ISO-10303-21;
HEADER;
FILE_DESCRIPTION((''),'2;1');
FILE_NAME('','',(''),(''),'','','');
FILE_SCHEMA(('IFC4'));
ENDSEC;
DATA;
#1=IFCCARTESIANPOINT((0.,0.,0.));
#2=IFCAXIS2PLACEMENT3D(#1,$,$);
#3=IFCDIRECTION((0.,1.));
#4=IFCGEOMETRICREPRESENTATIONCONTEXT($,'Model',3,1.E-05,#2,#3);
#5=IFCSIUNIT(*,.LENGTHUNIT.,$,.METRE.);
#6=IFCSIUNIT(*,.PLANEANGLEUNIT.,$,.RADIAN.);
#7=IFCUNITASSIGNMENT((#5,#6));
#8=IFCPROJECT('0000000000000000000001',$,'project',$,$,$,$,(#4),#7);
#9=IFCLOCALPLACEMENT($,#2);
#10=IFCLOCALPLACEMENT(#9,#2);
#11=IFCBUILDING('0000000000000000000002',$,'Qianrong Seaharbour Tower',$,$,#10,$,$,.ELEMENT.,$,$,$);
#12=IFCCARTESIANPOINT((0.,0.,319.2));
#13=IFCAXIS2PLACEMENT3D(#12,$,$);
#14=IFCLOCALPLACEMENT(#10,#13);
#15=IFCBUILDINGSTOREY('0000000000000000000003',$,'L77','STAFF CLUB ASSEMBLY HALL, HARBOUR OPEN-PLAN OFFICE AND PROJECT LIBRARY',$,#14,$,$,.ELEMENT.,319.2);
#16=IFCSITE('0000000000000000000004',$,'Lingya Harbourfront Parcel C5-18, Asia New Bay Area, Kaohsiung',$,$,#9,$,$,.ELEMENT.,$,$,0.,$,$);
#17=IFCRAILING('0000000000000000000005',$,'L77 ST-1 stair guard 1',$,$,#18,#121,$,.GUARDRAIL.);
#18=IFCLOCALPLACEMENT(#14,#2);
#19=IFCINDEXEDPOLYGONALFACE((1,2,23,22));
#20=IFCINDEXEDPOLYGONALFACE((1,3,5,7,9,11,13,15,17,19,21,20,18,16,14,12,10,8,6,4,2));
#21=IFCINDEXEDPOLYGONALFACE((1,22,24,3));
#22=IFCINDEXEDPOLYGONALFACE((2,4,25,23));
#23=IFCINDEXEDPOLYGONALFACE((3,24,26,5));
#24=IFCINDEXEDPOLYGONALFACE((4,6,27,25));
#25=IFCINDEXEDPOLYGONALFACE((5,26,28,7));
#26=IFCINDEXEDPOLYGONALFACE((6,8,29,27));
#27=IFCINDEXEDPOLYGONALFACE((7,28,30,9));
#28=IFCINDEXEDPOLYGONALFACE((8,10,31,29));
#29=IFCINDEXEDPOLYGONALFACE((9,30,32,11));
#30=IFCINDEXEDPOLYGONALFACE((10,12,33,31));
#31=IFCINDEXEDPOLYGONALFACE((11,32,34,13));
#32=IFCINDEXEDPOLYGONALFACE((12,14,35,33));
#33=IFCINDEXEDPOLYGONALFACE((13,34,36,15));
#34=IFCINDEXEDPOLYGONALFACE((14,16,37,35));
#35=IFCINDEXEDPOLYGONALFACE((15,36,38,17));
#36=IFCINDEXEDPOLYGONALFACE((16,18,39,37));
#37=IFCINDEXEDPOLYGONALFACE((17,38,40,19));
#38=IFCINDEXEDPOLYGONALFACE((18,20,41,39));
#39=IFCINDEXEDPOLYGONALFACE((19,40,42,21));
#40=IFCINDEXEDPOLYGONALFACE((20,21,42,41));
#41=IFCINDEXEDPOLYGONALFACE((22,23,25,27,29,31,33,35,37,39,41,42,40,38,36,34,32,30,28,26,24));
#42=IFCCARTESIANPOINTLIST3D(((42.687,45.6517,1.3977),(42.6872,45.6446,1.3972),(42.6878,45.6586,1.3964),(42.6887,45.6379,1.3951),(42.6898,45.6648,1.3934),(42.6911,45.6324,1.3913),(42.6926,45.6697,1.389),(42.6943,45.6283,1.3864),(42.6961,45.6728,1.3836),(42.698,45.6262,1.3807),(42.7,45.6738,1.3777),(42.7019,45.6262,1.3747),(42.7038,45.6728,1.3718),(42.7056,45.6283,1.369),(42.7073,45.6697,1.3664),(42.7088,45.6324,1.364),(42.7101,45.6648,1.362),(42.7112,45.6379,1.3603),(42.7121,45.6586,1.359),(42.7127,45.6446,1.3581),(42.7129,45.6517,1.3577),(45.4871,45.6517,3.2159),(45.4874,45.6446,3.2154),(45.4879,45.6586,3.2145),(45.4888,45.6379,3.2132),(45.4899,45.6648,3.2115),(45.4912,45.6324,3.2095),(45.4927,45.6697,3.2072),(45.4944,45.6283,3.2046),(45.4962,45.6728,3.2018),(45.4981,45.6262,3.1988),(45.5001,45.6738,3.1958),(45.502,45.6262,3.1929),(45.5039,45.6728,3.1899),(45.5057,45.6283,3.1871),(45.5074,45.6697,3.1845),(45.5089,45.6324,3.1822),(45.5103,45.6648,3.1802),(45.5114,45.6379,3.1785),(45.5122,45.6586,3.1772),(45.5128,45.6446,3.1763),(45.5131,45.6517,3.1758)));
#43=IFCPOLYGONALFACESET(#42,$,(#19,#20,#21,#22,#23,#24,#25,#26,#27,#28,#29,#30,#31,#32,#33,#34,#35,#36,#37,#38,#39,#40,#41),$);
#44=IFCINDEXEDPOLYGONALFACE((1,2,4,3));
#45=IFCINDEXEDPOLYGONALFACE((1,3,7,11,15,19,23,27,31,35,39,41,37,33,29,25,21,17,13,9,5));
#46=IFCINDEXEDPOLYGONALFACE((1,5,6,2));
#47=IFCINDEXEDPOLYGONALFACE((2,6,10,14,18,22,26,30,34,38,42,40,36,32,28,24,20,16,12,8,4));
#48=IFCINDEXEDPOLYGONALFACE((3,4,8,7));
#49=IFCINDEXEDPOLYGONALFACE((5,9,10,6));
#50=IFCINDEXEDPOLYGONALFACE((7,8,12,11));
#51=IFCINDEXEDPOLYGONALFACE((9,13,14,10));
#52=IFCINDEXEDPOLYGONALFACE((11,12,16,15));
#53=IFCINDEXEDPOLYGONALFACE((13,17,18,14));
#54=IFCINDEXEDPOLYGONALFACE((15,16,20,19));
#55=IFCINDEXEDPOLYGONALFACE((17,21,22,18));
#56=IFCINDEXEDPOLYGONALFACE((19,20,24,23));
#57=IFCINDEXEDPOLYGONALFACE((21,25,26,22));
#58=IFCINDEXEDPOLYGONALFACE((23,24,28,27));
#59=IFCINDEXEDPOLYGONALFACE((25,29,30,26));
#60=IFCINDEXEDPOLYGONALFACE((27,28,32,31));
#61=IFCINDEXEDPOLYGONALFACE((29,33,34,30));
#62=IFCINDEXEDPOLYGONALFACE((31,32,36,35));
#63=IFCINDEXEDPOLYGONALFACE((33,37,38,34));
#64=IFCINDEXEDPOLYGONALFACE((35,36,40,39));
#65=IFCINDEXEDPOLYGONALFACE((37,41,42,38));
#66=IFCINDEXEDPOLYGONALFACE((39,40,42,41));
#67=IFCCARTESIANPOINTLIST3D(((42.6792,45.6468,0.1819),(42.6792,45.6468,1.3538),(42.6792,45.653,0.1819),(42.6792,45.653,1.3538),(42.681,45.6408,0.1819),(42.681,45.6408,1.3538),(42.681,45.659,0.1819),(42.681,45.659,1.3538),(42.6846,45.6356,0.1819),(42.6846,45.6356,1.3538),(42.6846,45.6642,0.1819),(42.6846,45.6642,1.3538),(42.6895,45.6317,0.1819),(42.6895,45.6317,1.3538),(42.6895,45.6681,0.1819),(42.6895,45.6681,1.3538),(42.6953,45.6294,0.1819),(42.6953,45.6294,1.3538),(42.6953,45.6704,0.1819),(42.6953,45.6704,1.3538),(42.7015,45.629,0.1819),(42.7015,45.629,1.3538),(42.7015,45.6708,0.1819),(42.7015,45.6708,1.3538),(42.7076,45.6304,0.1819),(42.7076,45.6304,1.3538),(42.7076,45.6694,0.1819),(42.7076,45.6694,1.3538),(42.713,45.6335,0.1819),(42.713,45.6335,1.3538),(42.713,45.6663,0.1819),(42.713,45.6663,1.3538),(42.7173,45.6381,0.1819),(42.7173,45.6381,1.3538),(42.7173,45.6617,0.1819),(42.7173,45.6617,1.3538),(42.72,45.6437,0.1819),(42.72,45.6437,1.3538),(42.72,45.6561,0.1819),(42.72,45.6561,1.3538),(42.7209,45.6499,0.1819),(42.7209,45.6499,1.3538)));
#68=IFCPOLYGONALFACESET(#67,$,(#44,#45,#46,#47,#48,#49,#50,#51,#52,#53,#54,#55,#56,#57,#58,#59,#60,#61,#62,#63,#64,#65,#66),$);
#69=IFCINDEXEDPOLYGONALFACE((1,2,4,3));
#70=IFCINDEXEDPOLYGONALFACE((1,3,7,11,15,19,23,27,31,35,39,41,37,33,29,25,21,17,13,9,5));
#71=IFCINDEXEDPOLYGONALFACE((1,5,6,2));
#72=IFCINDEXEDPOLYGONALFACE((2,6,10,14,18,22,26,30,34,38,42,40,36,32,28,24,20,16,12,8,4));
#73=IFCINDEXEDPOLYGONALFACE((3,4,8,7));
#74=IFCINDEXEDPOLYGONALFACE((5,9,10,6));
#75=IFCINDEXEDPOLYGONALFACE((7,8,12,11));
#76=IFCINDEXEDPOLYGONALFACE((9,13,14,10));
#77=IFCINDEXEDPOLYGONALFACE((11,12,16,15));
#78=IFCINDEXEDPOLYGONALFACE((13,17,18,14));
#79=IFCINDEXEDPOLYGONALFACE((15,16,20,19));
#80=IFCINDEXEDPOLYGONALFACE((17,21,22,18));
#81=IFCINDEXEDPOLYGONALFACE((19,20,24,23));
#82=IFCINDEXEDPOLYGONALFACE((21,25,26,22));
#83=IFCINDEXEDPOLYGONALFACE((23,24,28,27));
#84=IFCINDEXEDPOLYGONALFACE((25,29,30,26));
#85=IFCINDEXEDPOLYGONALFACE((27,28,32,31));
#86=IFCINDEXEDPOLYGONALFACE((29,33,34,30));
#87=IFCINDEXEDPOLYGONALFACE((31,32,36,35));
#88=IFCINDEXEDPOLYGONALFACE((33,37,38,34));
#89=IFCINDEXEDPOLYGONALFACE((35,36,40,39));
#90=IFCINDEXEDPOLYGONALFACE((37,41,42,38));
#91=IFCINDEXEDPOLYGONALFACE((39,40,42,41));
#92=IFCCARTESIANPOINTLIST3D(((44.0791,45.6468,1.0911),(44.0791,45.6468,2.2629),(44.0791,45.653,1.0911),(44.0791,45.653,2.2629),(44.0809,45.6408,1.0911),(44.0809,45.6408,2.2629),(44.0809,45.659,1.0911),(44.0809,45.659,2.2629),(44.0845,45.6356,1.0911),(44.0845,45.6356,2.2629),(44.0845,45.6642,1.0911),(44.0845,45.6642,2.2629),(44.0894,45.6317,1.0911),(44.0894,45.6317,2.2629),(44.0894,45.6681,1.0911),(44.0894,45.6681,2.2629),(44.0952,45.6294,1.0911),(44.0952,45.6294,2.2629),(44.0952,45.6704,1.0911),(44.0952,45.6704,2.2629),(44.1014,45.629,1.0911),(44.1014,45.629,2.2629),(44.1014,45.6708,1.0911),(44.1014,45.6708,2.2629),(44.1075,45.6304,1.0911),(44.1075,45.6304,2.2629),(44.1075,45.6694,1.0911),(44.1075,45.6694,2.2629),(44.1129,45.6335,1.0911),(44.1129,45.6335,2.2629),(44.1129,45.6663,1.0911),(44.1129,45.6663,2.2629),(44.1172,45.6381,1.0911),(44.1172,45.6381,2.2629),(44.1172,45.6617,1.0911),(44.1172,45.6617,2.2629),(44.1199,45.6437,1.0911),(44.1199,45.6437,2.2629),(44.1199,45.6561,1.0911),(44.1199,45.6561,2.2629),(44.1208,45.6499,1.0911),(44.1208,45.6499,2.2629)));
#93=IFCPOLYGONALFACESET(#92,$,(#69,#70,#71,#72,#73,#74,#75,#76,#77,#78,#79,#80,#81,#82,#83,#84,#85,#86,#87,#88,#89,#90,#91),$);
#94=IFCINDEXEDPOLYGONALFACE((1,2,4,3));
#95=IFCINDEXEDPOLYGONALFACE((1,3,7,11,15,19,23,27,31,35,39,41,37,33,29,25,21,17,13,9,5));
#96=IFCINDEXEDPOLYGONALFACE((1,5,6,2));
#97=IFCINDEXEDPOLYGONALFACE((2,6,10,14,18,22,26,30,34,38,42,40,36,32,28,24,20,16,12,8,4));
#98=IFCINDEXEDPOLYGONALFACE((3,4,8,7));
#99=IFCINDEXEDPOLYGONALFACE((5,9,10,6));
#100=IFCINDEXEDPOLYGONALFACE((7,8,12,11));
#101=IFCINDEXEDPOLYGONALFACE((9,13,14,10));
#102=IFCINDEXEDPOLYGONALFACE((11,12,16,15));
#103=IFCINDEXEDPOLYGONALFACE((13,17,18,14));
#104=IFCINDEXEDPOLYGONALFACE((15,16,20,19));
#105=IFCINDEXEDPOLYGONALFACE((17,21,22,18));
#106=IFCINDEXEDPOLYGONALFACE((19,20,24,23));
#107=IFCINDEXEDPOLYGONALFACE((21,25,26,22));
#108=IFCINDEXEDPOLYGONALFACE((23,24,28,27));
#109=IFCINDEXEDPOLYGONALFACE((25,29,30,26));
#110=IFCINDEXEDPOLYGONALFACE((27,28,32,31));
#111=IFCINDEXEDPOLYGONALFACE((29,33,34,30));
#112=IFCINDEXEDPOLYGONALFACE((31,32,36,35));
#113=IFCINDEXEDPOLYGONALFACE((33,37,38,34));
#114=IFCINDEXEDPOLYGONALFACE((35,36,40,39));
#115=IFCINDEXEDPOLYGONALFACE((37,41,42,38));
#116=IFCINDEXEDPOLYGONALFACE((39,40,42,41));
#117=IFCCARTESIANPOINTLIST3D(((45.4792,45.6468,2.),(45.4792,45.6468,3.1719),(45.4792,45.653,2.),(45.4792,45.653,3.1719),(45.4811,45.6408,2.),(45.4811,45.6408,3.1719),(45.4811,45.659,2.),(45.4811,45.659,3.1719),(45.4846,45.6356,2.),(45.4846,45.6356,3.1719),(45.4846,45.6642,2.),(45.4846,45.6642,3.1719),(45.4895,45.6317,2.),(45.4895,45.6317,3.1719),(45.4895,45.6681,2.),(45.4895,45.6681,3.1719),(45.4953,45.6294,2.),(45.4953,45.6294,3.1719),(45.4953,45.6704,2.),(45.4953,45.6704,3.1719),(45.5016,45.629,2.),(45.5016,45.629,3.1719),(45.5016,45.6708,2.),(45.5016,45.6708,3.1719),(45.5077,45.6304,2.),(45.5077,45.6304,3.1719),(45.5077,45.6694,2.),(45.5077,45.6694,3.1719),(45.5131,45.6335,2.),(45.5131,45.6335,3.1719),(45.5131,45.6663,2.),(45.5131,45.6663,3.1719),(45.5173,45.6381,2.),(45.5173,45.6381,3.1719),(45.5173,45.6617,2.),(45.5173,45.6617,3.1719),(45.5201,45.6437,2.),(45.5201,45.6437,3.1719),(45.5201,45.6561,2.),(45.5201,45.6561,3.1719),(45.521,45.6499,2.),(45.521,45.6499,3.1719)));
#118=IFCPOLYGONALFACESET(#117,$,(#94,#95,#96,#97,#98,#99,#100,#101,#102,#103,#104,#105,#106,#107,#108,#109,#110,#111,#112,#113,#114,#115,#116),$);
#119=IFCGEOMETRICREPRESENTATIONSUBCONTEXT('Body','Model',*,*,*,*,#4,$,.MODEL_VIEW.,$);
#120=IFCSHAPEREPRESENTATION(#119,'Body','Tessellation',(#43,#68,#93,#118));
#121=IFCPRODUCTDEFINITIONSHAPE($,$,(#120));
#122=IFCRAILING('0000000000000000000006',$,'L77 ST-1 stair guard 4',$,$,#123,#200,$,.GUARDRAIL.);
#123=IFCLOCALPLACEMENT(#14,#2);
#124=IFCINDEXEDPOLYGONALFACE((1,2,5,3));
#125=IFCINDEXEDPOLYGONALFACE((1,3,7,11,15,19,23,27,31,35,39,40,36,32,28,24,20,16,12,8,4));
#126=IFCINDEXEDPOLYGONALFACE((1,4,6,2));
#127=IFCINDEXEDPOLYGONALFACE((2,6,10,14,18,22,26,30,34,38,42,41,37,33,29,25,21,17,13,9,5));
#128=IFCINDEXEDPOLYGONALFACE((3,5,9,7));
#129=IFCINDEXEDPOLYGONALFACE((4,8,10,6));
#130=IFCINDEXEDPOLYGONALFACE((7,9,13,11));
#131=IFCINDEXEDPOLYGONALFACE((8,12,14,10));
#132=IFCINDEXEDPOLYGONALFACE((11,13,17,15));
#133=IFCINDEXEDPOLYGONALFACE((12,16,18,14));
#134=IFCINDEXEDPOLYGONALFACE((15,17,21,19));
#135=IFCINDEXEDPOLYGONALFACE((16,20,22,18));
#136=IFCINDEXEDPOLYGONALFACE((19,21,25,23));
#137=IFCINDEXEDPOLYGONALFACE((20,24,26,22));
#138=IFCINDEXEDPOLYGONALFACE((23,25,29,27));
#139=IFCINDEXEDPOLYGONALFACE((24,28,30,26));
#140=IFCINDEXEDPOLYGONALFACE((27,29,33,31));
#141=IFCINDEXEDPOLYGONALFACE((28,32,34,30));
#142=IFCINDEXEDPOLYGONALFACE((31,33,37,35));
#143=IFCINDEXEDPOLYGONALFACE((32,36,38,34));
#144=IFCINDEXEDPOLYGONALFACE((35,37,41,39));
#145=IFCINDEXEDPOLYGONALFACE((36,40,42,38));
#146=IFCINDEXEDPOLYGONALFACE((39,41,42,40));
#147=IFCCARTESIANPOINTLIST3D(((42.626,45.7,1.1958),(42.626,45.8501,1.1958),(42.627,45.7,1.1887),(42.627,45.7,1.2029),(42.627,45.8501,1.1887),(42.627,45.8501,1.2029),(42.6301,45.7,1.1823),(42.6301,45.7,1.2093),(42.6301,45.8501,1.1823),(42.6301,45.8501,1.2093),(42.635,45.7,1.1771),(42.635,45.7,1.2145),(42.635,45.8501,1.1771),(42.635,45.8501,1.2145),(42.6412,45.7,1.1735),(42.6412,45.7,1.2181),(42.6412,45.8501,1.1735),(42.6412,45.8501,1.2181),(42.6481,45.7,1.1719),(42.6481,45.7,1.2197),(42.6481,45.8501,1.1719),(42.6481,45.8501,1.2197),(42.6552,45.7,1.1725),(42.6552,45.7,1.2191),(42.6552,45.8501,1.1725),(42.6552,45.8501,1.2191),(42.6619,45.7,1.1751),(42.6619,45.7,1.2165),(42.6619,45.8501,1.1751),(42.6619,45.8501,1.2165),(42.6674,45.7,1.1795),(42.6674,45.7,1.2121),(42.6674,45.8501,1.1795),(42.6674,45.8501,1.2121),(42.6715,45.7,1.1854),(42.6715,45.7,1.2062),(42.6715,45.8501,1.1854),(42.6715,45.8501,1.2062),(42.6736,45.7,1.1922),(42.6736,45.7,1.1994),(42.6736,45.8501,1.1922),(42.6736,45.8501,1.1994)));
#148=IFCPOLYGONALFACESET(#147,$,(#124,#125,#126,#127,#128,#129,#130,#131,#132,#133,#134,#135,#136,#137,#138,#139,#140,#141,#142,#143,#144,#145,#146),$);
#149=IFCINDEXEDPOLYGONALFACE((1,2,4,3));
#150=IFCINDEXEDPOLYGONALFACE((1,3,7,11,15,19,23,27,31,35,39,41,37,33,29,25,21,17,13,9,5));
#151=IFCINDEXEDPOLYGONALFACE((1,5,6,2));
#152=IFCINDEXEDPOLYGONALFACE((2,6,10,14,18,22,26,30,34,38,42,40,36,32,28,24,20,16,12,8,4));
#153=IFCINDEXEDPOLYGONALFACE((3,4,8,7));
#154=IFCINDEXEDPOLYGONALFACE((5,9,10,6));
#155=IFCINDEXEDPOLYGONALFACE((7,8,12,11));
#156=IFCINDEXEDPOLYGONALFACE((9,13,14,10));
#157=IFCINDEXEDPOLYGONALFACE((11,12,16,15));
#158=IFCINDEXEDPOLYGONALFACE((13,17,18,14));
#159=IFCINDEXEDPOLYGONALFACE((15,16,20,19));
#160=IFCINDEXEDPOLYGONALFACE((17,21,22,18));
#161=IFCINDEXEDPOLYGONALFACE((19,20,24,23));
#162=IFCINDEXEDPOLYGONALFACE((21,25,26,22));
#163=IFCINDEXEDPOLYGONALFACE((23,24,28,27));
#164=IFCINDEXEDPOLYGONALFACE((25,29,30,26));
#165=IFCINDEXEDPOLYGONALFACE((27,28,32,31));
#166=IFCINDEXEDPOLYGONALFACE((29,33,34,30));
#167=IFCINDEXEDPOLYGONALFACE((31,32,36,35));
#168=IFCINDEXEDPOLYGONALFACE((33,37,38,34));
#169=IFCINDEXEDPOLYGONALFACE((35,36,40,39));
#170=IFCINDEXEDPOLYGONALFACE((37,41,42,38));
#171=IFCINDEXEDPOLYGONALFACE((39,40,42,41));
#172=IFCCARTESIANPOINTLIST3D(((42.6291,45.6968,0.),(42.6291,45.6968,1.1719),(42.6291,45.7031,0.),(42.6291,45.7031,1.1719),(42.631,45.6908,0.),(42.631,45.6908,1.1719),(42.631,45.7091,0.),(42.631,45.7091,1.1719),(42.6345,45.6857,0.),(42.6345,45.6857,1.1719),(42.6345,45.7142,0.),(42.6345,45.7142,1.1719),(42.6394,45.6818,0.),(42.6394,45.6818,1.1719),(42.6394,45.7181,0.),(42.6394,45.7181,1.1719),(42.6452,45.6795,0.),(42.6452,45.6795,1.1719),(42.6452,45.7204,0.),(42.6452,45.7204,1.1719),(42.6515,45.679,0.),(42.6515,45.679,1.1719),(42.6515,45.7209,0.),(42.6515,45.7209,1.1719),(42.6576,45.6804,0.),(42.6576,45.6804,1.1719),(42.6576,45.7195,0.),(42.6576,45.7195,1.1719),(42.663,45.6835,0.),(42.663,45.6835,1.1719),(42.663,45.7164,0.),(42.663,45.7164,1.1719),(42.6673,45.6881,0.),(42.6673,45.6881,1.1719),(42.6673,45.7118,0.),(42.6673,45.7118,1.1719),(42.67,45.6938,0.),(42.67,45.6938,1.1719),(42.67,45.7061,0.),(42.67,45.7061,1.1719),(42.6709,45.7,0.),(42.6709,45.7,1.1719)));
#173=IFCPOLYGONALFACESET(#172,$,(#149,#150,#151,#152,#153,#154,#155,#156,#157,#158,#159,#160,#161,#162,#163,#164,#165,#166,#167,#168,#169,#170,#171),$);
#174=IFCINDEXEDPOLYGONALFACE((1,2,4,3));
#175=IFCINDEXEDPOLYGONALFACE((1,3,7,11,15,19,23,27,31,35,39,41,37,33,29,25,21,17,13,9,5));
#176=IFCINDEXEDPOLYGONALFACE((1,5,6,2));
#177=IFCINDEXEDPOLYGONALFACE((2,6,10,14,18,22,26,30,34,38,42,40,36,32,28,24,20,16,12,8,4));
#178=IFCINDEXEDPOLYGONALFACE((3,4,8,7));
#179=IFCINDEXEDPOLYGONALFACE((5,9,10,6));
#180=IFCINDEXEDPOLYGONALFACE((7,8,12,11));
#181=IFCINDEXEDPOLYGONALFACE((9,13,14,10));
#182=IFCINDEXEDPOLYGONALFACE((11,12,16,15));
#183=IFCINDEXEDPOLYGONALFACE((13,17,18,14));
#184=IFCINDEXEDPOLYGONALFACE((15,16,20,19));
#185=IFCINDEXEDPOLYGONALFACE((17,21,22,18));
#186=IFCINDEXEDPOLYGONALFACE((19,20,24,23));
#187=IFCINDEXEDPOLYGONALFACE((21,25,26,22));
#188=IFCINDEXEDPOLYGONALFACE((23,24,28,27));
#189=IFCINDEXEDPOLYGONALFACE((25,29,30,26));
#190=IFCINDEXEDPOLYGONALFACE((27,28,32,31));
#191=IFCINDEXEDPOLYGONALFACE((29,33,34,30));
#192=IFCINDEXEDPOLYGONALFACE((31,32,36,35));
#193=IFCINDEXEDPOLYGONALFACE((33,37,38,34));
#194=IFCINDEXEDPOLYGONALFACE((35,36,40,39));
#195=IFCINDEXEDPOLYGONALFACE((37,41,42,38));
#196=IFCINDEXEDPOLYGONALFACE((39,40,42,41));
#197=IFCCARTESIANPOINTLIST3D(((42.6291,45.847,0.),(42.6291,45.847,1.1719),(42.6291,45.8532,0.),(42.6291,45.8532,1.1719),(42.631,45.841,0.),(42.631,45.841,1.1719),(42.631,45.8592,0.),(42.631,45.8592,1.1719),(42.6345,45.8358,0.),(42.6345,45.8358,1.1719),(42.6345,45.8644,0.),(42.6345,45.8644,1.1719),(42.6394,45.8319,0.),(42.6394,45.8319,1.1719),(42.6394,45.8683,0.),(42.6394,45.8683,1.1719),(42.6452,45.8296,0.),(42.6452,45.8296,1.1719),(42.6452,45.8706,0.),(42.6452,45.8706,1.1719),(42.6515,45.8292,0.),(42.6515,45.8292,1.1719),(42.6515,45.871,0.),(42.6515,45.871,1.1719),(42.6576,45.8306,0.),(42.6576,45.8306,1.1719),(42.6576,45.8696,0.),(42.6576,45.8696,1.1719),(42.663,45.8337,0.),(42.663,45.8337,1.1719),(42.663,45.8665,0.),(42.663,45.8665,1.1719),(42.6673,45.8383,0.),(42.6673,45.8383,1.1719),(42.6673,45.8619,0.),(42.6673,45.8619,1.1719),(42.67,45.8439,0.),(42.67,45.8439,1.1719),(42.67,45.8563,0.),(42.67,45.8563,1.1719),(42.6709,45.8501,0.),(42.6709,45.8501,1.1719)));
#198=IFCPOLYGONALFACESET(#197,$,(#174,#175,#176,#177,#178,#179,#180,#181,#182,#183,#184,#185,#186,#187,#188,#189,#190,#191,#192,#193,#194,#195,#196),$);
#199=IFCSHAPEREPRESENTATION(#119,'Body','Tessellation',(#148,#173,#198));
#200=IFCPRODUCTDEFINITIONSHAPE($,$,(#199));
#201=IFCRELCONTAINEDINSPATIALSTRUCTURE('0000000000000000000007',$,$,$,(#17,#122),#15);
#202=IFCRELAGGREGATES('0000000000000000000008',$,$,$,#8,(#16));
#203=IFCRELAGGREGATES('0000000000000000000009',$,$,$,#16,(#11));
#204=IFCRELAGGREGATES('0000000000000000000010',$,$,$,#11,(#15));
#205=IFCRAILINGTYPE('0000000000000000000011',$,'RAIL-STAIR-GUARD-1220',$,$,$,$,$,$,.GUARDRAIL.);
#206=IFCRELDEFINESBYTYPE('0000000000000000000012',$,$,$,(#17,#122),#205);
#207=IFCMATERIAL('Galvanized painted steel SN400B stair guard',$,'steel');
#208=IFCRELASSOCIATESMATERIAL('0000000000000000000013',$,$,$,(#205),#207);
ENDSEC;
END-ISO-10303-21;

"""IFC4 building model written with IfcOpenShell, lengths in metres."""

from ifc_helpers import new_model, si_unit, direction, frame, origin, origin_2d, place, context, subcontext, project, spatial, circle, extrude, material, type_object, element, save


model = new_model("IFC4")

# Units and contexts
model_context = context("Model", 3, precision=1e-05, world=origin(), true_north=direction((0.0, 1.0)))
body_context = subcontext(model_context, "Body", "Model", "MODEL_VIEW")
ifc_project = project(units=[si_unit("LENGTHUNIT", "METRE"), si_unit("PLANEANGLEUNIT", "RADIAN")], contexts=[model_context])

# Site, building, storey
site_placement = place(None, origin())
site = spatial("IfcSite", under=ifc_project, at=site_placement, Name="Lingya Harbourfront Parcel C5-18, Asia New Bay Area, Kaohsiung", CompositionType="ELEMENT", RefElevation=0.0)
building_placement = place(site_placement, origin())
building = spatial("IfcBuilding", under=site, at=building_placement, Name="Qianrong Seaharbour Tower", CompositionType="ELEMENT")
storey_placement = place(building_placement, frame((0.0, 0.0, 319.2)))
storey = spatial("IfcBuildingStorey", under=building, at=storey_placement, Name="L77", Description="STAFF CLUB ASSEMBLY HALL, HARBOUR OPEN-PLAN OFFICE AND PROJECT LIBRARY", CompositionType="ELEMENT", Elevation=319.2)

# Railings
ifc_material_1 = material(Name="Galvanized painted steel SN400B stair guard", Category="steel")
railing_type_1 = type_object("IfcRailingType", Name="RAIL-STAIR-GUARD-1220", PredefinedType="GUARDRAIL", material=ifc_material_1)
railing_1_placement = place(storey_placement, frame((42.7, 45.6499, 0.1819)))
element("IfcRailing", 1, at=railing_1_placement, inside=storey, type_object=railing_type_1, Name="L77 ST-1 stair guard 1", PredefinedType="GUARDRAIL", context=body_context, shape_type="SweptSolid", body=[
    extrude(circle(Radius=0.0239, at=origin_2d()), frame((0.0, 0.0, 1.1958), z_axis=(0.838706, 0.0, 0.544585), x_axis=(0.0, 1.0, 0.0)), (0.0, 0.0, 1.0), 3.3386),
    extrude(circle(Radius=0.021, at=origin_2d()), origin(), (0.0, 0.0, 1.0), 1.1719),
    extrude(circle(Radius=0.021, at=origin_2d()), frame((1.3999, 0.0, 0.9092)), (0.0, 0.0, 1.0), 1.1719),
    extrude(circle(Radius=0.021, at=origin_2d()), frame((2.8, 0.0, 1.8181)), (0.0, 0.0, 1.0), 1.1719),
])
railing_2_placement = place(storey_placement, frame((42.6499, 45.7, 0.0)))
element("IfcRailing", 2, at=railing_2_placement, inside=storey, type_object=railing_type_1, Name="L77 ST-1 stair guard 4", PredefinedType="GUARDRAIL", context=body_context, shape_type="SweptSolid", body=[
    extrude(circle(Radius=0.0239, at=origin_2d()), frame((0.0, 0.0, 1.1958), z_axis=(0.0, 1.0, 0.0), x_axis=(-1.0, 0.0, 0.0)), (0.0, 0.0, 1.0), 0.1501),
    extrude(circle(Radius=0.021, at=origin_2d()), origin(), (0.0, 0.0, 1.0), 1.1719),
    extrude(circle(Radius=0.021, at=origin_2d()), frame((0.0, 0.1501, 0.0)), (0.0, 0.0, 1.0), 1.1719),
])

save(model, "model.ifc")
